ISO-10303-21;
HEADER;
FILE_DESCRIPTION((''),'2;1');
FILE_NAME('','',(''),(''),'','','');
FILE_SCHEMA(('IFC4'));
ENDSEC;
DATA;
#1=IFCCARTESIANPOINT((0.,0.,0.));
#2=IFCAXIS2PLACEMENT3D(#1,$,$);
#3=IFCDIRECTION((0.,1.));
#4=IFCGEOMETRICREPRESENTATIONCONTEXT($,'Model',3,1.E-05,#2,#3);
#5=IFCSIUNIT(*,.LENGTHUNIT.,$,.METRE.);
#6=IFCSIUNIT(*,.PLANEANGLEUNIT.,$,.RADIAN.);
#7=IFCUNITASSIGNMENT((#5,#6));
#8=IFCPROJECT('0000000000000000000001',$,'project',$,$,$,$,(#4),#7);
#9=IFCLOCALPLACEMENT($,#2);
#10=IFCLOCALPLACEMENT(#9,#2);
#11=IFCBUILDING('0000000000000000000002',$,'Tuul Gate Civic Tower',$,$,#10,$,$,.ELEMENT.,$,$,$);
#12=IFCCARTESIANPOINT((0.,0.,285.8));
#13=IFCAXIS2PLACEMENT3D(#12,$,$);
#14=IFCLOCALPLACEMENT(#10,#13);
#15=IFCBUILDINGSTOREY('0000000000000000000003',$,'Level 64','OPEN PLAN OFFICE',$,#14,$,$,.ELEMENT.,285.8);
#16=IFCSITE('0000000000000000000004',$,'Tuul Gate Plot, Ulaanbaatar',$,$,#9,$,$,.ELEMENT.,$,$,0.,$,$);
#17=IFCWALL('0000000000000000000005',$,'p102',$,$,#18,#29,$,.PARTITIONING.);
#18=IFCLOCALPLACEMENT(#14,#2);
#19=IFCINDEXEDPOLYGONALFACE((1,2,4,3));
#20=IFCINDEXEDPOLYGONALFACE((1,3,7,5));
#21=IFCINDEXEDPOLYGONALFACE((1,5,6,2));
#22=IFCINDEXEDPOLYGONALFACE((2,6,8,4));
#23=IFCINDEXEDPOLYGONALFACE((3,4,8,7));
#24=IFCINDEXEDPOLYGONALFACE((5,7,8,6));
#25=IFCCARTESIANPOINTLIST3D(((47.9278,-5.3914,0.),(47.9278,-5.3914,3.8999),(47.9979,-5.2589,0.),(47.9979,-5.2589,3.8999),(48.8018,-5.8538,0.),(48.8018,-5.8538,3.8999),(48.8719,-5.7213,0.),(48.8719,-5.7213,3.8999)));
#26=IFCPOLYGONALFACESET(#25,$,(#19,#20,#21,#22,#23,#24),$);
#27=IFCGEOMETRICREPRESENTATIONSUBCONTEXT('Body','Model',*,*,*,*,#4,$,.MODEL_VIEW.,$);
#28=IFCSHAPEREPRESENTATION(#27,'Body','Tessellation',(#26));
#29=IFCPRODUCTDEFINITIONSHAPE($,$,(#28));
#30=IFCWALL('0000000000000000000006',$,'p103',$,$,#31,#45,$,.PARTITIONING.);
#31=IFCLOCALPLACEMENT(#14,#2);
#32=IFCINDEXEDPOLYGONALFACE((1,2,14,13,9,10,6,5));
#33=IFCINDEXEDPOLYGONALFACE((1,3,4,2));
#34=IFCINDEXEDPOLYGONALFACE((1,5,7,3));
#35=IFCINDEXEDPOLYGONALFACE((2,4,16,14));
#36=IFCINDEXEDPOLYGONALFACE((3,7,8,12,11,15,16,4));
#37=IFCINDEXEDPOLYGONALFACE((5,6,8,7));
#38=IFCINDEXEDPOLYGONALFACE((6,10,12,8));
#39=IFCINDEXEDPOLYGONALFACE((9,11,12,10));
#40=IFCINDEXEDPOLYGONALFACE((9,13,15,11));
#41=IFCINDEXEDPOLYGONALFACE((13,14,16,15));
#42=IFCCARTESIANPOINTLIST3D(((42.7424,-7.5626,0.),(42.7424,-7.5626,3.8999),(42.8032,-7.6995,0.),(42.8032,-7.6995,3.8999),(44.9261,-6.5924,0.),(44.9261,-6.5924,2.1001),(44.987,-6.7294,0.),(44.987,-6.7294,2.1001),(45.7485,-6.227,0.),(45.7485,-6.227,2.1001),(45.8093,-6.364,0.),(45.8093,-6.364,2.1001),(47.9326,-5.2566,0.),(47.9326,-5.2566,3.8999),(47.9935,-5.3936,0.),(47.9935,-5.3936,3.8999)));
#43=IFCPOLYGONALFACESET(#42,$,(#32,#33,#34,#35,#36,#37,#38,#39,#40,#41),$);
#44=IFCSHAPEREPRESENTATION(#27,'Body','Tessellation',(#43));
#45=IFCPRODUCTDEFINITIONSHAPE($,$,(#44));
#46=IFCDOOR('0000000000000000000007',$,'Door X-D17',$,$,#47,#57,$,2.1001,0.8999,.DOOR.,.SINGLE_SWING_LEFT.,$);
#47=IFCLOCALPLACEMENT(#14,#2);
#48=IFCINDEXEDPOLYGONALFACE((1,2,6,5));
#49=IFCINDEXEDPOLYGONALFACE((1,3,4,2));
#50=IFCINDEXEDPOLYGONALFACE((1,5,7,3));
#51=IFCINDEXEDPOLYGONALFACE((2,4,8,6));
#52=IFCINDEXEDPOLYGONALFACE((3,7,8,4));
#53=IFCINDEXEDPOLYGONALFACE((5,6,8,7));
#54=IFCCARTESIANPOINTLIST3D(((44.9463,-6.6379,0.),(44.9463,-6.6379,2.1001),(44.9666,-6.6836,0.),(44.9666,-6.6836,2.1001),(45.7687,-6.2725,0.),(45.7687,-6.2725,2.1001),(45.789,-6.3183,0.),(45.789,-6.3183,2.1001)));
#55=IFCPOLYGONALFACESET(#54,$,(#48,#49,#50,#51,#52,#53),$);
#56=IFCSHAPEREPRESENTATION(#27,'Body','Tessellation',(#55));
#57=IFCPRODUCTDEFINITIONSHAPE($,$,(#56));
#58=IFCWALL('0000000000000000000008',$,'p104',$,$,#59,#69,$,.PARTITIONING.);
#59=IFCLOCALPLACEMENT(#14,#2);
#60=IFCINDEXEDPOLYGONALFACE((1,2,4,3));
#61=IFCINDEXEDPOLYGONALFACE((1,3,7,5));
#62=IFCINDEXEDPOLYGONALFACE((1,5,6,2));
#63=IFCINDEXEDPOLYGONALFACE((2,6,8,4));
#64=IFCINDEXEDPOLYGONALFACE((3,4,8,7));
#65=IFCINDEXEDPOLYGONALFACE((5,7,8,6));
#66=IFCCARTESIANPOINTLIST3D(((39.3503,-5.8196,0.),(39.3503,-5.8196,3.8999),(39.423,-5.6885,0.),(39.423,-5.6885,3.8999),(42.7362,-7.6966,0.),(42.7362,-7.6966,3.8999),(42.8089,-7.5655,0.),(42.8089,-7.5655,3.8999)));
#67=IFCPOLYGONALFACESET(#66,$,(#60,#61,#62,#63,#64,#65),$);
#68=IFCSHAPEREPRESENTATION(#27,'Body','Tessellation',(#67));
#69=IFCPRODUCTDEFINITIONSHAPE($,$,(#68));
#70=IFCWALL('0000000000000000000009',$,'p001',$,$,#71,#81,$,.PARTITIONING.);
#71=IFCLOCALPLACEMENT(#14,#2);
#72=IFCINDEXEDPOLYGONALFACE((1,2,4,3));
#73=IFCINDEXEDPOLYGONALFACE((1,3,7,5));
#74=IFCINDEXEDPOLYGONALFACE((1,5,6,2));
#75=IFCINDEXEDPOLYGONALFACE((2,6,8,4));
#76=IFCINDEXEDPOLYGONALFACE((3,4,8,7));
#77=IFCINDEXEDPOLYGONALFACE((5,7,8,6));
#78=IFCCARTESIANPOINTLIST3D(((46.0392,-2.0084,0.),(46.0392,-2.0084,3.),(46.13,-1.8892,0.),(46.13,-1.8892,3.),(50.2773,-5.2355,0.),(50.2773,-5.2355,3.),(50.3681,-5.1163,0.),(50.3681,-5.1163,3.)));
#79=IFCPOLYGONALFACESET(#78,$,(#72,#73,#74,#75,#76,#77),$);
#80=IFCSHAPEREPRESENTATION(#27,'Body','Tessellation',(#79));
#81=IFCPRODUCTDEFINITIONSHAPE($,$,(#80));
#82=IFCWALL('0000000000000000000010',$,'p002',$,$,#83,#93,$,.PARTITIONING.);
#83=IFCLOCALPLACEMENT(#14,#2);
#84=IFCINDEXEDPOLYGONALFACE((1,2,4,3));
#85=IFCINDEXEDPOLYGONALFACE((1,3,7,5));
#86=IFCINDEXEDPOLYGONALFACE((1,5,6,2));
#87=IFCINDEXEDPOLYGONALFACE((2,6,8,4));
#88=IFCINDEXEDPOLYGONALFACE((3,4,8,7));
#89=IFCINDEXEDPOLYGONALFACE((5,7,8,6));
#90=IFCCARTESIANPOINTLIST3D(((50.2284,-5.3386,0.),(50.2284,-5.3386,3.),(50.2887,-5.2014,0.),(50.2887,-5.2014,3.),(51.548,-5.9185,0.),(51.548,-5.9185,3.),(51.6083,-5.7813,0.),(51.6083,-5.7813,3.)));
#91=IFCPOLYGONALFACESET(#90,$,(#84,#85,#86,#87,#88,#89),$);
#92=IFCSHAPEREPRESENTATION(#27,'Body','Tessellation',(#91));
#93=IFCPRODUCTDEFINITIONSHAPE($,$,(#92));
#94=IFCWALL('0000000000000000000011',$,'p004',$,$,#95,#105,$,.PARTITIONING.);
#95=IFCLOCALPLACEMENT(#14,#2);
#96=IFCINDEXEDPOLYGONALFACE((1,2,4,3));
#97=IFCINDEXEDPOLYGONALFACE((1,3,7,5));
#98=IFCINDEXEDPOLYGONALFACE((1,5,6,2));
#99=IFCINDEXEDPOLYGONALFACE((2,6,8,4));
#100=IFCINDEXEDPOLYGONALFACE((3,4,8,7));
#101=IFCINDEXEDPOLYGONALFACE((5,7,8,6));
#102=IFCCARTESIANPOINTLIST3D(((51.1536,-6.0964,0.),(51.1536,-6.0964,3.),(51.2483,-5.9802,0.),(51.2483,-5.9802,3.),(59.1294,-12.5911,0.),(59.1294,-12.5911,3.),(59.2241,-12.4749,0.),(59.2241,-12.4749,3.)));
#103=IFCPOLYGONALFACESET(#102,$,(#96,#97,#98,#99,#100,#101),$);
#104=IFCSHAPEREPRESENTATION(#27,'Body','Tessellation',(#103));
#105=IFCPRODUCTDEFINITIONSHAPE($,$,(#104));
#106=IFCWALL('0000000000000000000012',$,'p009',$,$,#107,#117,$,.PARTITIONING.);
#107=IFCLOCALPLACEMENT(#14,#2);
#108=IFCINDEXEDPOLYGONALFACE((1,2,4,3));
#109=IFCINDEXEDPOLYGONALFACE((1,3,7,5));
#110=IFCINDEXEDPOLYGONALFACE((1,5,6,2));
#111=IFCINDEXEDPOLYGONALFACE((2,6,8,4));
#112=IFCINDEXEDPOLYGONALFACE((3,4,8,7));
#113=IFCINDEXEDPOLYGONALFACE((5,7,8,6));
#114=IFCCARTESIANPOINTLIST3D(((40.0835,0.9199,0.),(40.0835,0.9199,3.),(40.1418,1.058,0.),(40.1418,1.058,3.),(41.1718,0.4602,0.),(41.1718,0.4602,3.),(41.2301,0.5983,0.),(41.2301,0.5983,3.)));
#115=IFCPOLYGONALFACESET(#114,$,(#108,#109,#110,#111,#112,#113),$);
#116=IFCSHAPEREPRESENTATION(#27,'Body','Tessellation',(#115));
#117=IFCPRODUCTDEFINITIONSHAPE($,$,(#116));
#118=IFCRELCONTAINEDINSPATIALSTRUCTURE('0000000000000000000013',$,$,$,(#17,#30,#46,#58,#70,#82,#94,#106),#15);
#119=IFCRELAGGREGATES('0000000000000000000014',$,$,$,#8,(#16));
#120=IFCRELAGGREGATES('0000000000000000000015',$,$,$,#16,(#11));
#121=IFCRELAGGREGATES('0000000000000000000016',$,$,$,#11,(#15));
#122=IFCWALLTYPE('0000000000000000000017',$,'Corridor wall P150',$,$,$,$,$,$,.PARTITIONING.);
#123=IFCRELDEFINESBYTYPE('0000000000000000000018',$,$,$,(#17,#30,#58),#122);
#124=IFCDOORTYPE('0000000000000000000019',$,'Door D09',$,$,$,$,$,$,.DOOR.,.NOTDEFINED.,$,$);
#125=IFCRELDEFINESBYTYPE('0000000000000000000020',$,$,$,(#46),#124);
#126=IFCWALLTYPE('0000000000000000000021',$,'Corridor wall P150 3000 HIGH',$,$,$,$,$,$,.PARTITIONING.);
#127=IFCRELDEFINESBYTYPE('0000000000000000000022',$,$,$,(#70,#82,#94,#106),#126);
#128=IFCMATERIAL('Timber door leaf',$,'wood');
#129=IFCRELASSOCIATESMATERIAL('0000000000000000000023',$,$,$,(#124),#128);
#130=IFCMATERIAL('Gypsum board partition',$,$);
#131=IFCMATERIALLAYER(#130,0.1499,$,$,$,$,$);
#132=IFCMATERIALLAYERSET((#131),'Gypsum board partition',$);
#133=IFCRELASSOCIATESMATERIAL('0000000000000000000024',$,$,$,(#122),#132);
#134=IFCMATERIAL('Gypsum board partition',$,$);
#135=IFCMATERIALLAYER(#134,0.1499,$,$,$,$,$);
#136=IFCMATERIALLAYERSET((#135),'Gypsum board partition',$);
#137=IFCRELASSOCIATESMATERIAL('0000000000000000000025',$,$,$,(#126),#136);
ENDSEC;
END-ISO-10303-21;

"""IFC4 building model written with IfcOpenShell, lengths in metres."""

from ifc_helpers import new_model, si_unit, direction, frame, frame_2d, origin, place, context, subcontext, project, spatial, rectangle, extrude, material, layer, layer_set, type_object, element, fill, save


model = new_model("IFC4")

# Units and contexts
model_context = context("Model", 3, precision=1e-05, world=origin(), true_north=direction((0.0, 1.0)))
body_context = subcontext(model_context, "Body", "Model", "MODEL_VIEW")
ifc_project = project(units=[si_unit("LENGTHUNIT", "METRE"), si_unit("PLANEANGLEUNIT", "RADIAN")], contexts=[model_context])

# Site, building, storey
site_placement = place(None, origin())
site = spatial("IfcSite", under=ifc_project, at=site_placement, Name="Tuul Gate Plot, Ulaanbaatar", CompositionType="ELEMENT", RefElevation=0.0)
building_placement = place(site_placement, origin())
building = spatial("IfcBuilding", under=site, at=building_placement, Name="Tuul Gate Civic Tower", CompositionType="ELEMENT")
storey_placement = place(building_placement, frame((0.0, 0.0, 285.8)))
storey = spatial("IfcBuildingStorey", under=building, at=storey_placement, Name="Level 64", Description="OPEN PLAN OFFICE", CompositionType="ELEMENT", Elevation=285.8)

# Shared definitions
ifc_material_1 = material(Name="Timber door leaf", Category="wood")
door_type = type_object("IfcDoorType", Name="Door D09", OperationType="NOTDEFINED", PredefinedType="DOOR", material=ifc_material_1)
ifc_material_2 = material(Name="Gypsum board partition")
ifc_layer_1 = layer(ifc_material_2, 0.1499)
ifc_layer_set_1 = layer_set([ifc_layer_1], Name="Gypsum board partition")
wall_type_1 = type_object("IfcWallType", Name="Corridor wall P150", PredefinedType="PARTITIONING", material=ifc_layer_set_1)

# Wall
wall_1_placement = place(storey_placement, frame((47.9629, -5.3252, 0.0), z_axis=(0.0, 0.0, 1.0), x_axis=(0.88392, -0.467638, 0.0)))
element("IfcWall", 1, at=wall_1_placement, inside=storey, type_object=wall_type_1, Name="p102", PredefinedType="PARTITIONING", context=body_context, shape_type="SweptSolid", body=[
    extrude(rectangle(XDim=0.9888, YDim=0.1499, at=frame_2d((0.4944, 0.0))), origin(), (0.0, 0.0, 1.0), 3.8999),
])

# Wall, opening, door
wall_2_placement = place(storey_placement, frame((42.7727, -7.6311, 0.0), z_axis=(0.0, 0.0, 1.0), x_axis=(0.913866, 0.406015, 0.0)))
wall_2 = element("IfcWall", 2, at=wall_2_placement, inside=storey, type_object=wall_type_1, Name="p103", PredefinedType="PARTITIONING", context=body_context, shape_type="SweptSolid", body=[
    extrude(rectangle(XDim=5.6794, YDim=0.1499, at=frame_2d((2.8398, 0.0))), origin(), (0.0, 0.0, 1.0), 3.8999),
])
opening_1_placement = place(wall_2_placement, frame((2.3896, 0.0, 0.0)))
opening_1 = element("IfcOpeningElement", 3, at=opening_1_placement, cuts=wall_2, PredefinedType="OPENING", context=body_context, shape_type="SweptSolid", body=[
    extrude(rectangle(XDim=0.8999, YDim=2.1001, at=frame_2d((0.45, 1.05))), frame((0.0, 0.085, 0.0), z_axis=(0.0, -1.0, 0.0), x_axis=(1.0, 0.0, 0.0)), (0.0, 0.0, 1.0), 0.1699),
])
door_1_placement = place(opening_1_placement, frame((0.8999, 0.0, 0.0), z_axis=(0.0, 0.0, 1.0), x_axis=(-1.0, 0.0, 0.0)))
door_1 = element("IfcDoor", 4, at=door_1_placement, inside=storey, type_object=door_type, Name="Door X-D17", OperationType="SINGLE_SWING_LEFT", OverallHeight=2.1001, OverallWidth=0.8999, PredefinedType="DOOR", context=body_context, shape_type="SweptSolid", body=[
    extrude(rectangle(XDim=0.8999, YDim=2.1001, at=frame_2d((0.45, 1.05))), frame((0.0, 0.0249, 0.0), z_axis=(0.0, -1.0, 0.0), x_axis=(1.0, 0.0, 0.0)), (0.0, 0.0, 1.0), 0.05),
])
fill(opening_1, door_1)

# Walls
wall_3_placement = place(storey_placement, frame((39.3867, -5.7542, 0.0), z_axis=(0.0, 0.0, 1.0), x_axis=(0.874612, -0.484824, 0.0)))
element("IfcWall", 5, at=wall_3_placement, inside=storey, type_object=wall_type_1, Name="p104", PredefinedType="PARTITIONING", context=body_context, shape_type="SweptSolid", body=[
    extrude(rectangle(XDim=3.8713, YDim=0.1499, at=frame_2d((1.9355, 0.0))), origin(), (0.0, 0.0, 1.0), 3.8999),
])
ifc_material_3 = material(Name="Gypsum board partition")
ifc_layer_2 = layer(ifc_material_3, 0.1499)
ifc_layer_set_2 = layer_set([ifc_layer_2], Name="Gypsum board partition")
wall_type_2 = type_object("IfcWallType", Name="Corridor wall P150 3000 HIGH", PredefinedType="PARTITIONING", material=ifc_layer_set_2)
wall_4_placement = place(storey_placement, frame((46.0845, -1.9487, 0.0), z_axis=(0.0, 0.0, 1.0), x_axis=(0.795606, -0.605814, 0.0)))
element("IfcWall", 6, at=wall_4_placement, inside=storey, type_object=wall_type_2, Name="p001", PredefinedType="PARTITIONING", context=body_context, shape_type="SweptSolid", body=[
    extrude(rectangle(XDim=5.3269, YDim=0.1499, at=frame_2d((2.6636, 0.0))), origin(), (0.0, 0.0, 1.0), 3.0),
])
wall_5_placement = place(storey_placement, frame((50.2585, -5.27, 0.0), z_axis=(0.0, 0.0, 1.0), x_axis=(0.915515, -0.402284, 0.0)))
element("IfcWall", 7, at=wall_5_placement, inside=storey, type_object=wall_type_2, Name="p002", PredefinedType="PARTITIONING", context=body_context, shape_type="SweptSolid", body=[
    extrude(rectangle(XDim=1.4414, YDim=0.1499, at=frame_2d((0.7207, 0.0))), origin(), (0.0, 0.0, 1.0), 3.0),
])
wall_6_placement = place(storey_placement, frame((51.2009, -6.0383, 0.0), z_axis=(0.0, 0.0, 1.0), x_axis=(0.775435, -0.631428, 0.0)))
element("IfcWall", 8, at=wall_6_placement, inside=storey, type_object=wall_type_2, Name="p004", PredefinedType="PARTITIONING", context=body_context, shape_type="SweptSolid", body=[
    extrude(rectangle(XDim=10.2856, YDim=0.1499, at=frame_2d((5.1428, 0.0))), origin(), (0.0, 0.0, 1.0), 3.0),
])
wall_7_placement = place(storey_placement, frame((40.1125, 0.989, 0.0), z_axis=(0.0, 0.0, 1.0), x_axis=(0.921195, -0.389101, 0.0)))
element("IfcWall", 9, at=wall_7_placement, inside=storey, type_object=wall_type_2, Name="p009", PredefinedType="PARTITIONING", context=body_context, shape_type="SweptSolid", body=[
    extrude(rectangle(XDim=1.1814, YDim=0.1499, at=frame_2d((0.5908, 0.0))), origin(), (0.0, 0.0, 1.0), 3.0),
])

save(model, "model.ifc")
